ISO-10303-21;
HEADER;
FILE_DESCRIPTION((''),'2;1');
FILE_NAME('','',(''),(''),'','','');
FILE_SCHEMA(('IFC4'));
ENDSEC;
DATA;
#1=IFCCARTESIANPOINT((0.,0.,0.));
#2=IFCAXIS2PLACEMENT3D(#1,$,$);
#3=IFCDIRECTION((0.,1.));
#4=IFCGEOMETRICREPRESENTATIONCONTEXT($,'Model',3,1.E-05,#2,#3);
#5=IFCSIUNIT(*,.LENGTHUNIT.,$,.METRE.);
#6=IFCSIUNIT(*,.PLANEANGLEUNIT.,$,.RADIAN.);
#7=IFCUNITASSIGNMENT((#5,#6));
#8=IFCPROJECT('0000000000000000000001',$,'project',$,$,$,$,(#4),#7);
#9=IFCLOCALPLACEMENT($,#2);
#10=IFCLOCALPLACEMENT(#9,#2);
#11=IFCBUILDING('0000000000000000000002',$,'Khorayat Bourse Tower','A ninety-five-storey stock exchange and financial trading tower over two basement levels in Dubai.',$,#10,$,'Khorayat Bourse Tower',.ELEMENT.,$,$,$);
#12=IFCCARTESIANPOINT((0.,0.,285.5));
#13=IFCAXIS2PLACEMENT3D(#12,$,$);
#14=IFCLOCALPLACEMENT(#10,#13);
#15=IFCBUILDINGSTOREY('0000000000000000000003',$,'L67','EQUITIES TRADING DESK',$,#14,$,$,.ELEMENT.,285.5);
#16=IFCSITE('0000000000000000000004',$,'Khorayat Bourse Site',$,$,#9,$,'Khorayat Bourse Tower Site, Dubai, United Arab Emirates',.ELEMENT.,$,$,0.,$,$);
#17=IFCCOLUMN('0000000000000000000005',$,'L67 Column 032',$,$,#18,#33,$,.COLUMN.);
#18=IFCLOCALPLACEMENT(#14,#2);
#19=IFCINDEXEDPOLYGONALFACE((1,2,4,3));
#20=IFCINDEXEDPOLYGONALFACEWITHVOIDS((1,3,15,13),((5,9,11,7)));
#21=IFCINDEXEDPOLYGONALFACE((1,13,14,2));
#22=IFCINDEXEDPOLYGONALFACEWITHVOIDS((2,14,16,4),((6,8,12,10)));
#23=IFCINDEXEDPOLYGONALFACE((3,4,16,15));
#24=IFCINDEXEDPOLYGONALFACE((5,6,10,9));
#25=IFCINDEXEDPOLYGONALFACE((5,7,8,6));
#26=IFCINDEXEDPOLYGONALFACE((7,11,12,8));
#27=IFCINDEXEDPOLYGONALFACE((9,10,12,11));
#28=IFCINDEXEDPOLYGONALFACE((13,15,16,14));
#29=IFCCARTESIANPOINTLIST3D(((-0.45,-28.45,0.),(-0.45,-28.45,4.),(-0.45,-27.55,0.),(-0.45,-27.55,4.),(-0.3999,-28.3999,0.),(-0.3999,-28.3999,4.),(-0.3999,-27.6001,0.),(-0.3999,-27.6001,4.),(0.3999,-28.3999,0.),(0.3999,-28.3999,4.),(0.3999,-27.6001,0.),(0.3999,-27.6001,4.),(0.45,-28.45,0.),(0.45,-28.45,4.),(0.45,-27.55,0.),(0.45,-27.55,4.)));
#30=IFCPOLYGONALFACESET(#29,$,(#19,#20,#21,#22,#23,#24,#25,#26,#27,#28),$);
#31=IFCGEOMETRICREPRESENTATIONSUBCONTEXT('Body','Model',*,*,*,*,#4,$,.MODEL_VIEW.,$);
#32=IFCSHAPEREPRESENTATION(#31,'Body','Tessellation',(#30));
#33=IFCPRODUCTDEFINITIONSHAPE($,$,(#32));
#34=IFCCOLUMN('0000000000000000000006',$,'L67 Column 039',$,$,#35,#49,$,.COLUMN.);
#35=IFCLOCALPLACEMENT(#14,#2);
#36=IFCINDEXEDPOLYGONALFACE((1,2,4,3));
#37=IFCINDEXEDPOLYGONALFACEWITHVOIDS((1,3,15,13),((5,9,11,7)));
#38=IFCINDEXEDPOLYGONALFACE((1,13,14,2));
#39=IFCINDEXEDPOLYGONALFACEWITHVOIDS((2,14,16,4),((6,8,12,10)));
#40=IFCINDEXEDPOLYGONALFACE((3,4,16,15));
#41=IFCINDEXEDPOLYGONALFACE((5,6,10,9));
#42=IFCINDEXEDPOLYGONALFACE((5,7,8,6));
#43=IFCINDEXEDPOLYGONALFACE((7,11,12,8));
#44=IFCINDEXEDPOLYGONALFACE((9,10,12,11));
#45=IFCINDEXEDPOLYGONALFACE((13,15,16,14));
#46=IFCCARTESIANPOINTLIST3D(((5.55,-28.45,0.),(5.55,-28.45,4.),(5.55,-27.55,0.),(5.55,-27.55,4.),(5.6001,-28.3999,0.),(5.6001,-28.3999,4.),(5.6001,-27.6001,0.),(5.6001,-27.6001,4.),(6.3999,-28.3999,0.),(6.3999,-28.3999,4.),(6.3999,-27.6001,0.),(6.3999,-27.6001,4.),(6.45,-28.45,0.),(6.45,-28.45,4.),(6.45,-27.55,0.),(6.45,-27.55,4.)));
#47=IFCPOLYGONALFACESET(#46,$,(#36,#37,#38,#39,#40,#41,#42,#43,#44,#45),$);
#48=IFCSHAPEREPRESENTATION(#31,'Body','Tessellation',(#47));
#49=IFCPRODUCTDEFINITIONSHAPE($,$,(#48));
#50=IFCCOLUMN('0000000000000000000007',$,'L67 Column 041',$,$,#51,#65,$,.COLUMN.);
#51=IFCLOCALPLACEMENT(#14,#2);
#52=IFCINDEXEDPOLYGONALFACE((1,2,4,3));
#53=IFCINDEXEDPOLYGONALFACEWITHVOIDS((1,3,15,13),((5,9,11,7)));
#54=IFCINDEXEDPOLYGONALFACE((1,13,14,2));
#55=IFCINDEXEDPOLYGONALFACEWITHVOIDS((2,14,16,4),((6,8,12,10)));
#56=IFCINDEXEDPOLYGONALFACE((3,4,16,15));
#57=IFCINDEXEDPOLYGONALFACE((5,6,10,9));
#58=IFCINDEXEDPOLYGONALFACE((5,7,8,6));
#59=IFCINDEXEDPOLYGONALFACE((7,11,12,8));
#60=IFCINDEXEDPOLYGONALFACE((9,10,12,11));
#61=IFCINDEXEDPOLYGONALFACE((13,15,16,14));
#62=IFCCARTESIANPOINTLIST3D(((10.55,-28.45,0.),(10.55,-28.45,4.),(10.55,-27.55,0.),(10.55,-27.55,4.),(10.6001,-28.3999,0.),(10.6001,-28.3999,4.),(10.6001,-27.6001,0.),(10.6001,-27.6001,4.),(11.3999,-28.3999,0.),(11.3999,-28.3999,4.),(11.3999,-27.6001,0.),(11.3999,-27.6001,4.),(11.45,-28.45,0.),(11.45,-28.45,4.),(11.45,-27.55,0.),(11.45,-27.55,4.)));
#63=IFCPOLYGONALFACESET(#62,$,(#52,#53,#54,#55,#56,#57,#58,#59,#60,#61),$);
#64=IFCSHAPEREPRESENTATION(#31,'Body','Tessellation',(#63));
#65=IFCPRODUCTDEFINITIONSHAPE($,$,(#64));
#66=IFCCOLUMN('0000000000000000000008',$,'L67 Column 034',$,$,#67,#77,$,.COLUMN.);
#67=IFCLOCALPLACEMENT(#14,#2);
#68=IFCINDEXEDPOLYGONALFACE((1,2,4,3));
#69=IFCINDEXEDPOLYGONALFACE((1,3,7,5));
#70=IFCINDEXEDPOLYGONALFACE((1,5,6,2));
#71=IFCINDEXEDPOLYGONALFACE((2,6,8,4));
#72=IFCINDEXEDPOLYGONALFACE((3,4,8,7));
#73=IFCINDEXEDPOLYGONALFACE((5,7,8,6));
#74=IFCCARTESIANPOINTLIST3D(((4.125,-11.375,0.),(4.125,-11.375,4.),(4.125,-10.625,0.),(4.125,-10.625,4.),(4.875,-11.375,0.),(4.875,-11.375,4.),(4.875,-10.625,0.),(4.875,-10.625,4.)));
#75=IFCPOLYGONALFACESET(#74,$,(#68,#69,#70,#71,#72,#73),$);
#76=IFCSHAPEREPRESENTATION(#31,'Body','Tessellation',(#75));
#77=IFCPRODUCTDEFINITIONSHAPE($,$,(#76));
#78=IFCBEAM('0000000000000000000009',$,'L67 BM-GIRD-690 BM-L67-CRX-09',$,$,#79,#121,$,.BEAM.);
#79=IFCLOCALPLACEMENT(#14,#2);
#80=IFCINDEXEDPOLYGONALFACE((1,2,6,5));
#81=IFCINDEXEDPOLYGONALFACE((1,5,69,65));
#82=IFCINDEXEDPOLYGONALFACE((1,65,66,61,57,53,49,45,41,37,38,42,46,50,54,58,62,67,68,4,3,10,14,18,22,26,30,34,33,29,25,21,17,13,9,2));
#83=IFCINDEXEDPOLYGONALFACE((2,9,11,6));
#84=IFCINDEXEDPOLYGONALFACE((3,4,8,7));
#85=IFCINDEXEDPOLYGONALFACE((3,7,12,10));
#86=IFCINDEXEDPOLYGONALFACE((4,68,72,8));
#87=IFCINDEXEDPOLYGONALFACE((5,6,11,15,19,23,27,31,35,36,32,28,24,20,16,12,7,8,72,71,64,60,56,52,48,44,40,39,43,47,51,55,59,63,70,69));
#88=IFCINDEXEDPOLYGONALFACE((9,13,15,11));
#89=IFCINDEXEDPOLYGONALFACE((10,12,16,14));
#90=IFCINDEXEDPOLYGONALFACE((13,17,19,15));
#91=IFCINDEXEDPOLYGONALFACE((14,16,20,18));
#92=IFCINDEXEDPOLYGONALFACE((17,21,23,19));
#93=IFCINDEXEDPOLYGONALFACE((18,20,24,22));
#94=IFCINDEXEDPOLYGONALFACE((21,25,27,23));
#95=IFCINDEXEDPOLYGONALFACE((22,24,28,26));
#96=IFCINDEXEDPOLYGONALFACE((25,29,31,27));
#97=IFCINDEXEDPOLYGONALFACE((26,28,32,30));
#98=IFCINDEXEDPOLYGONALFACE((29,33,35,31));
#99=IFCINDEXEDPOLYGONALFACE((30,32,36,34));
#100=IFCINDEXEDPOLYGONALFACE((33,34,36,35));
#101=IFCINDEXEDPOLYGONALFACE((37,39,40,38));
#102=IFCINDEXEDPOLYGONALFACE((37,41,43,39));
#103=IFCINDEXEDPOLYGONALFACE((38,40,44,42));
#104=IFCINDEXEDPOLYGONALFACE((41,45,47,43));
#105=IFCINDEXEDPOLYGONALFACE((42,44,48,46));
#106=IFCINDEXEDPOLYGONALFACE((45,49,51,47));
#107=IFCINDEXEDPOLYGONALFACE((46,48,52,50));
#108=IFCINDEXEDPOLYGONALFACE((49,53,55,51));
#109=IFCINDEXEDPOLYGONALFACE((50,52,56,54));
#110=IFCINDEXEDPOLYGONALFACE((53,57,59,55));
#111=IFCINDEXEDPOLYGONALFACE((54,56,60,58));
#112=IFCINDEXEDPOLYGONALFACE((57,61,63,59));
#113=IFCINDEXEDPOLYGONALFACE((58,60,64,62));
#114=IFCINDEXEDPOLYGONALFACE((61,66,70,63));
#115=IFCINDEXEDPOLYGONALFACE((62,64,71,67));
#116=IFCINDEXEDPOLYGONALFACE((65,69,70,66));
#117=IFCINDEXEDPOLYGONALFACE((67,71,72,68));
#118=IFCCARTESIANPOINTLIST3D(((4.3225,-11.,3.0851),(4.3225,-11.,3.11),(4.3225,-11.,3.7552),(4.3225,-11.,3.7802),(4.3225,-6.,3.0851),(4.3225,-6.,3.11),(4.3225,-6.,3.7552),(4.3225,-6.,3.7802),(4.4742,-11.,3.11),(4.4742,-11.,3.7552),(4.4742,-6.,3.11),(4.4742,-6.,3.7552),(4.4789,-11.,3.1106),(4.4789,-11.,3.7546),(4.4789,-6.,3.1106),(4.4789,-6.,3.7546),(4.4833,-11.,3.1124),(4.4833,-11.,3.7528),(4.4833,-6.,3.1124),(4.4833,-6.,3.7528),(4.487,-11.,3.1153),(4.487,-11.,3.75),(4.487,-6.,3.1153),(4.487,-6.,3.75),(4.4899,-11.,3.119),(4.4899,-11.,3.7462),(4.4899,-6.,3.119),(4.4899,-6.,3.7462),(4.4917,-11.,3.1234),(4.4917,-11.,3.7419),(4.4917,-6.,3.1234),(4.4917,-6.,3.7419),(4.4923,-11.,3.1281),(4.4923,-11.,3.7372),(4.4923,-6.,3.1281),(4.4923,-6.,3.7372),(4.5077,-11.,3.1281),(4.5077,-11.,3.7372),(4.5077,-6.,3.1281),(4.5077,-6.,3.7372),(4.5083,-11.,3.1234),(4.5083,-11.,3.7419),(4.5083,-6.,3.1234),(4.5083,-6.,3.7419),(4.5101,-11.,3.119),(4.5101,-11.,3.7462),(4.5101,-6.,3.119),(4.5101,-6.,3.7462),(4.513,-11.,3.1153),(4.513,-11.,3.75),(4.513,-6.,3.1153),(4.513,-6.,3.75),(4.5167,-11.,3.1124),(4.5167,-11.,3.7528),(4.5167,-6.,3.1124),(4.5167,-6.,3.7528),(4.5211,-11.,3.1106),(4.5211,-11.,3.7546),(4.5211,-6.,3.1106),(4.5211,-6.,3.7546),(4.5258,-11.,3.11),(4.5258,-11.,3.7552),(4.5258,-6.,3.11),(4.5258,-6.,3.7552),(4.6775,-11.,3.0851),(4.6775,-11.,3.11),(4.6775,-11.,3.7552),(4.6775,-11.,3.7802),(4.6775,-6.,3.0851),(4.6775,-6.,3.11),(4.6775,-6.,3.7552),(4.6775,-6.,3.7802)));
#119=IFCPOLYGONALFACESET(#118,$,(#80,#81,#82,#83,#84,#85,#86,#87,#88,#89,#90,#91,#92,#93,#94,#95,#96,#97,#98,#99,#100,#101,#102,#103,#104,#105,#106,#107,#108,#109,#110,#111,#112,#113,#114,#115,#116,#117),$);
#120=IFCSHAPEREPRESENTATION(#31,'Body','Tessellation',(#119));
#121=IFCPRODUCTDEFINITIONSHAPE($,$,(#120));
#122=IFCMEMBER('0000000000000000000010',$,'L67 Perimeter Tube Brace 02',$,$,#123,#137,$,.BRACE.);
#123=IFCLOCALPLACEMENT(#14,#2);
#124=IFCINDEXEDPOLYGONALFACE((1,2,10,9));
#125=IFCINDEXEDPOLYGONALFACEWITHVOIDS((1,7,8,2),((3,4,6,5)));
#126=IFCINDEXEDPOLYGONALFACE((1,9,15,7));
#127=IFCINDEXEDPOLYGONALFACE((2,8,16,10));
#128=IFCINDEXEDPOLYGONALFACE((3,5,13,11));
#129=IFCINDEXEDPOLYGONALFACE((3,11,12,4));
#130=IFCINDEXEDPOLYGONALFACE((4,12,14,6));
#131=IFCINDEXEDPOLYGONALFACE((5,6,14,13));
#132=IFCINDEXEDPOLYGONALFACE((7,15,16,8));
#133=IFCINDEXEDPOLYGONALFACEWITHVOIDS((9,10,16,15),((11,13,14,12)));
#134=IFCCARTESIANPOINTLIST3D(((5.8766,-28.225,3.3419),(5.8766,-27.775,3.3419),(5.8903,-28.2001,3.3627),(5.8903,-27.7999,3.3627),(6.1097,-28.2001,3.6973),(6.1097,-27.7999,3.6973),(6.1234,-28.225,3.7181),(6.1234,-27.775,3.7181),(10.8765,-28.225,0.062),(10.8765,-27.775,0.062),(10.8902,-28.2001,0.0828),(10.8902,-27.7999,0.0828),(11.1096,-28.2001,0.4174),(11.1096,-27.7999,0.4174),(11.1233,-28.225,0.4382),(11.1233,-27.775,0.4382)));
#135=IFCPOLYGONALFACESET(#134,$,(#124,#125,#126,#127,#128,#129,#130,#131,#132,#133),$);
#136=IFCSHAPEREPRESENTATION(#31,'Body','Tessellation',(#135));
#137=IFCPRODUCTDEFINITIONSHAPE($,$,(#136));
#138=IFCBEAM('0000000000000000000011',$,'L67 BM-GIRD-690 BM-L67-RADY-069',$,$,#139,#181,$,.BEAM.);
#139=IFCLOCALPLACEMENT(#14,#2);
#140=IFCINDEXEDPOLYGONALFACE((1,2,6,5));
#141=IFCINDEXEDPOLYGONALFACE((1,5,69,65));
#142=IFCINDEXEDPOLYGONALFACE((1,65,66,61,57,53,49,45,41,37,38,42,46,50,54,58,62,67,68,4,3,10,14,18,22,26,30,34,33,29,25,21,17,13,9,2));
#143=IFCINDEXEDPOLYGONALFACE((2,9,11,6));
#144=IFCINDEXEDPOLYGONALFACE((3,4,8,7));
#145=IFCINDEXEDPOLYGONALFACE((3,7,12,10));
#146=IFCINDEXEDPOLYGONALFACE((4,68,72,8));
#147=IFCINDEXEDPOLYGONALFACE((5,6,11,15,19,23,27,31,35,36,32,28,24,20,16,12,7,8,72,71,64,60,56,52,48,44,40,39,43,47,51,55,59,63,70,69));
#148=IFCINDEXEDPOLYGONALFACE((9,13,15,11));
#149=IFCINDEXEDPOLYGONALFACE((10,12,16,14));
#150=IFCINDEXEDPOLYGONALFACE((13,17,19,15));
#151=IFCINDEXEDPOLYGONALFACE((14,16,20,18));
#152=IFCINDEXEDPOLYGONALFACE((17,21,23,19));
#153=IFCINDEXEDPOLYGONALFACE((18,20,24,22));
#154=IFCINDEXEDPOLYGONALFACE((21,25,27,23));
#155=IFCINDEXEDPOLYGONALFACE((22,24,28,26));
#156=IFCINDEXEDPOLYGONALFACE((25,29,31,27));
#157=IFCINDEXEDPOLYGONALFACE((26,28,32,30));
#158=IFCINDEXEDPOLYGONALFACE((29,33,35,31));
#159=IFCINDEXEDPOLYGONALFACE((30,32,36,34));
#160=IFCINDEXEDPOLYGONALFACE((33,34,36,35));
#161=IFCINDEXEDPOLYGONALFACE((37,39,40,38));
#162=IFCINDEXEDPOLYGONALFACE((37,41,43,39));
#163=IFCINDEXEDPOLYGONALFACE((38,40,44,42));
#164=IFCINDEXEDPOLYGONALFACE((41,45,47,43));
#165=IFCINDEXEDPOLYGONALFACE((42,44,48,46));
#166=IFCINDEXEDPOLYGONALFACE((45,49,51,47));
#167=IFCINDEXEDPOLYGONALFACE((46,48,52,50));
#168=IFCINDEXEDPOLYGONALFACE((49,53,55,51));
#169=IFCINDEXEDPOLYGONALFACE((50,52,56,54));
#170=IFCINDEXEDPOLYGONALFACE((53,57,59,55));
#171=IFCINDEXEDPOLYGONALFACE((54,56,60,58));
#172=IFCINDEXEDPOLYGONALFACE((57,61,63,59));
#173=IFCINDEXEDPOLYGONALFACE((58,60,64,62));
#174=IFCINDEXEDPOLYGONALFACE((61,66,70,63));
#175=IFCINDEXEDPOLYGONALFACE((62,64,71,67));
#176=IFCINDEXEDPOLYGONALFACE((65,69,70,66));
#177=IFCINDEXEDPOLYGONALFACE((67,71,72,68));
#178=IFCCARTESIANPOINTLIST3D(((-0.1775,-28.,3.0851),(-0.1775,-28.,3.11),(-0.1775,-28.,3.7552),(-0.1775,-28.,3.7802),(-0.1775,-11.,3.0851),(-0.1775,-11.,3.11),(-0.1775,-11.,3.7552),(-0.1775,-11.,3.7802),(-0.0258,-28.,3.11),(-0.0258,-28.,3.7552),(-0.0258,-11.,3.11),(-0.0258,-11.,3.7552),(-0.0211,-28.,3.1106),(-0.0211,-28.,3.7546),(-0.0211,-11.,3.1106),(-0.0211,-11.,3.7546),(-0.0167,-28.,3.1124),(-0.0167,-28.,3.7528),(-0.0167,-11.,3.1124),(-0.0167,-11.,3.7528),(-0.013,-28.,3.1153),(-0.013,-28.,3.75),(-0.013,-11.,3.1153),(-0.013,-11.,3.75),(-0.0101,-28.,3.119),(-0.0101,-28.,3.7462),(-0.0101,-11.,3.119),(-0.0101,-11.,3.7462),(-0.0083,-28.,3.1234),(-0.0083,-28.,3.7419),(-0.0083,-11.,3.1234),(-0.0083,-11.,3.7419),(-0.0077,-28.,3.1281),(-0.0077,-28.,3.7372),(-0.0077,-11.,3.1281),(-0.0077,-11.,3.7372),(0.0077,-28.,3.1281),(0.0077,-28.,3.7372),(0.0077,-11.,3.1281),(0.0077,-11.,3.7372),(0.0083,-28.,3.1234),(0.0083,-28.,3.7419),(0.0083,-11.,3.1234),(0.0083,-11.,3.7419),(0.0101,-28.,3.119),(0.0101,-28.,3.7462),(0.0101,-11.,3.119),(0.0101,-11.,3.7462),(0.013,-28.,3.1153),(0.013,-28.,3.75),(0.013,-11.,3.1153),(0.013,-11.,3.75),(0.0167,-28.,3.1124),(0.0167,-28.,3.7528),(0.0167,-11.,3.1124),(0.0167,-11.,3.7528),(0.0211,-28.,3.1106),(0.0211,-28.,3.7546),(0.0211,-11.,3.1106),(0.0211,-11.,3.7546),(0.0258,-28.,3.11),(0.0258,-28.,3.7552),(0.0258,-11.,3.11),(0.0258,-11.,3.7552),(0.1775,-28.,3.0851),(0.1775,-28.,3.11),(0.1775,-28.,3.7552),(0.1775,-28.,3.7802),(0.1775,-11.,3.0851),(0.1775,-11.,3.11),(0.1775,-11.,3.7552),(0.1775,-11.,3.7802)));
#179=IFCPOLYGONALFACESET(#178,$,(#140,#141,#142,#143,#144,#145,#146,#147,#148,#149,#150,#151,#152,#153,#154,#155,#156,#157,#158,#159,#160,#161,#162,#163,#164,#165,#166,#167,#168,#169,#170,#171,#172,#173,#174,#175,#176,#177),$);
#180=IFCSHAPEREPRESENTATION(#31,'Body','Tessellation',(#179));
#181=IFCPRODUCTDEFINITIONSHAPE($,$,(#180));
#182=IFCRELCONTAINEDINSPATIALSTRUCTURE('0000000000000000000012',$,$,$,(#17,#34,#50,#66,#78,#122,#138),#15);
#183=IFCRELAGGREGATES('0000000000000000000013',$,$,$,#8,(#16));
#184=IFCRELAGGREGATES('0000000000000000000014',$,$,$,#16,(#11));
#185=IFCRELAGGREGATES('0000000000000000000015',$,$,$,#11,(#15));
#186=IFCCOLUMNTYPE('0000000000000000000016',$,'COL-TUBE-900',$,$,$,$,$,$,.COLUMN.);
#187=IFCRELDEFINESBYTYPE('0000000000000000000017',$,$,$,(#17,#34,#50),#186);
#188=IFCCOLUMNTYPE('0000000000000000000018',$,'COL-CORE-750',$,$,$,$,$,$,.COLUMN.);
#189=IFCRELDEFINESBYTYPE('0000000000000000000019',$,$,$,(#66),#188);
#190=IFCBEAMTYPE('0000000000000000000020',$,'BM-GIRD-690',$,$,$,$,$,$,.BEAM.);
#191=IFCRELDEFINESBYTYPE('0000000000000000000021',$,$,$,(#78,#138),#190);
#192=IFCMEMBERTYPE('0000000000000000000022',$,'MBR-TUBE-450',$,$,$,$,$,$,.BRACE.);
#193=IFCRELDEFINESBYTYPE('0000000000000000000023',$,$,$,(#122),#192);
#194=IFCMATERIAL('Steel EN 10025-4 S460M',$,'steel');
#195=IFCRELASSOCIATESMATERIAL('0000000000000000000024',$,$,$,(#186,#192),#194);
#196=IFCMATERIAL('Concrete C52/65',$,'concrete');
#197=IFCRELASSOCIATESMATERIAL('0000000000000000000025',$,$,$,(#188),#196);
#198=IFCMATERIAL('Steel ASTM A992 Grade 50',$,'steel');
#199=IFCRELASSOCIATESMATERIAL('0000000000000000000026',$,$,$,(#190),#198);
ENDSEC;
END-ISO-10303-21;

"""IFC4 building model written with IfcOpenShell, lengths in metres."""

from ifc_helpers import new_model, si_unit, direction, frame, origin, origin_2d, place, context, subcontext, project, spatial, rectangle, hollow_rectangle, i_section, extrude, source, transform, mapped, material, material_profile, profile_set, type_object, element, save


model = new_model("IFC4")

# Units and contexts
model_context = context("Model", 3, precision=1e-05, world=origin(), true_north=direction((0.0, 1.0)))
body_context = subcontext(model_context, "Body", "Model", "MODEL_VIEW")
ifc_project = project(units=[si_unit("LENGTHUNIT", "METRE"), si_unit("PLANEANGLEUNIT", "RADIAN")], contexts=[model_context])

# Site, building, storey
site_placement = place(None, origin())
site = spatial("IfcSite", under=ifc_project, at=site_placement, Name="Khorayat Bourse Site", LongName="Khorayat Bourse Tower Site, Dubai, United Arab Emirates", CompositionType="ELEMENT", RefElevation=0.0)
building_placement = place(site_placement, origin())
building = spatial("IfcBuilding", under=site, at=building_placement, Name="Khorayat Bourse Tower", Description="A ninety-five-storey stock exchange and financial trading tower over two basement levels in Dubai.", LongName="Khorayat Bourse Tower", CompositionType="ELEMENT")
storey_placement = place(building_placement, frame((0.0, 0.0, 285.5)))
storey = spatial("IfcBuildingStorey", under=building, at=storey_placement, Name="L67", Description="EQUITIES TRADING DESK", CompositionType="ELEMENT", Elevation=285.5)

# Columns
ifc_material_1 = material(Name="Steel EN 10025-4 S460M", Category="steel")
ifc_material_profile_1 = material_profile(ifc_material_1, hollow_rectangle(XDim=0.8999, YDim=0.8999, WallThickness=0.05, at=origin_2d()), Name="BOX 900x900x50")
ifc_profile_set_1 = profile_set([ifc_material_profile_1], Name="Steel EN 10025-4 S460M")
column_type_1 = type_object("IfcColumnType", Name="COL-TUBE-900", PredefinedType="COLUMN", material=ifc_profile_set_1)
shared_shape_1 = source(origin(), body_context, "Body", "SweptSolid", [
    extrude(hollow_rectangle(XDim=0.8999, YDim=0.8999, WallThickness=0.05, at=origin_2d()), origin(), (0.0, 0.0, 1.0), 4.0),
])
for number, where, z_axis, x_axis, name in (
    (1, (0.0, -28.0, 0.0), (0.0, 0.0, 1.0), (1.0, 0.0, 0.0), "L67 Column 032"),
    (2, (6.0, -28.0, 0.0), (0.0, 0.0, 1.0), (1.0, 0.0, 0.0), "L67 Column 039"),
    (3, (11.0, -28.0, 0.0), (0.0, 0.0, 1.0), (1.0, 0.0, 0.0), "L67 Column 041"),
):
    element("IfcColumn", number, at=place(storey_placement, frame(where, z_axis=z_axis, x_axis=x_axis)), inside=storey, type_object=column_type_1, Name=name, PredefinedType="COLUMN", context=body_context, shape_type="MappedRepresentation", body=[
        mapped(shared_shape_1, transform((0.0, 0.0, 0.0), scale=1.0)),
    ])
ifc_material_2 = material(Name="Concrete C52/65", Category="concrete")
ifc_material_profile_2 = material_profile(ifc_material_2, rectangle(XDim=0.75, YDim=0.75, at=origin_2d()), Name="RC 750x750")
ifc_profile_set_2 = profile_set([ifc_material_profile_2], Name="Concrete C52/65")
column_type_2 = type_object("IfcColumnType", Name="COL-CORE-750", PredefinedType="COLUMN", material=ifc_profile_set_2)
shared_shape_2 = source(origin(), body_context, "Body", "SweptSolid", [
    extrude(rectangle(XDim=0.75, YDim=0.75, at=origin_2d()), origin(), (0.0, 0.0, 1.0), 4.0),
])
column_placement = place(storey_placement, frame((4.5, -11.0, 0.0), z_axis=(0.0, 0.0, 1.0), x_axis=(1.0, 0.0, 0.0)))
element("IfcColumn", 4, at=column_placement, inside=storey, type_object=column_type_2, Name="L67 Column 034", PredefinedType="COLUMN", context=body_context, shape_type="MappedRepresentation", body=[
    mapped(shared_shape_2, transform((0.0, 0.0, 0.0), scale=1.0)),
])

# Beam
ifc_material_3 = material(Name="Steel ASTM A992 Grade 50", Category="steel")
ifc_material_profile_3 = material_profile(ifc_material_3, i_section(OverallWidth=0.355, OverallDepth=0.6951, WebThickness=0.0154, FlangeThickness=0.0249, FilletRadius=0.0181, at=origin_2d()), Name="W690X217")
ifc_profile_set_3 = profile_set([ifc_material_profile_3], Name="Steel ASTM A992 Grade 50")
beam_type_1 = type_object("IfcBeamType", Name="BM-GIRD-690", PredefinedType="BEAM", material=ifc_profile_set_3)
shared_shape_3 = source(origin(), body_context, "Body", "SweptSolid", [
    extrude(i_section(OverallWidth=0.355, OverallDepth=0.6951, WebThickness=0.0154, FlangeThickness=0.0249, FilletRadius=0.0181, at=origin_2d()), origin(), (0.0, 0.0, 1.0), 5.0),
])
beam_1_placement = place(storey_placement, frame((4.5, -11.0, 3.4326), z_axis=(0.0, 1.0, 0.0), x_axis=(-1.0, 0.0, 0.0)))
element("IfcBeam", 5, at=beam_1_placement, inside=storey, type_object=beam_type_1, Name="L67 BM-GIRD-690 BM-L67-CRX-09", PredefinedType="BEAM", context=body_context, shape_type="MappedRepresentation", body=[
    mapped(shared_shape_3, transform((0.0, 0.0, 0.0), scale=1.0)),
])

# Member
ifc_material_profile_4 = material_profile(ifc_material_1, hollow_rectangle(XDim=0.45, YDim=0.45, WallThickness=0.0249, at=origin_2d()), Name="HSS 450x450x25")
ifc_profile_set_4 = profile_set([ifc_material_profile_4], Name="Steel EN 10025-4 S460M")
member_type_1 = type_object("IfcMemberType", Name="MBR-TUBE-450", PredefinedType="BRACE", material=ifc_profile_set_4)
shared_shape_4 = source(origin(), body_context, "Body", "SweptSolid", [
    extrude(hollow_rectangle(XDim=0.45, YDim=0.45, WallThickness=0.0249, at=origin_2d()), origin(), (0.0, 0.0, 1.0), 5.9797),
])
member_1_placement = place(storey_placement, frame((6.0, -28.0, 3.53), z_axis=(0.836142, 0.0, -0.548514), x_axis=(0.0, 1.0, 0.0)))
element("IfcMember", 6, at=member_1_placement, inside=storey, type_object=member_type_1, Name="L67 Perimeter Tube Brace 02", PredefinedType="BRACE", context=body_context, shape_type="MappedRepresentation", body=[
    mapped(shared_shape_4, transform((0.0, 0.0, 0.0), scale=1.0)),
])

# Beam
shared_shape_5 = source(origin(), body_context, "Body", "SweptSolid", [
    extrude(i_section(OverallWidth=0.355, OverallDepth=0.6951, WebThickness=0.0154, FlangeThickness=0.0249, FilletRadius=0.0181, at=origin_2d()), origin(), (0.0, 0.0, 1.0), 17.0),
])
for number, where, z_axis, x_axis, name in (
    (7, (0.0, -28.0, 3.4326), (0.0, 1.0, 0.0), (-1.0, 0.0, 0.0), "L67 BM-GIRD-690 BM-L67-RADY-069"),
):
    element("IfcBeam", number, at=place(storey_placement, frame(where, z_axis=z_axis, x_axis=x_axis)), inside=storey, type_object=beam_type_1, Name=name, PredefinedType="BEAM", context=body_context, shape_type="MappedRepresentation", body=[
        mapped(shared_shape_5, transform((0.0, 0.0, 0.0), scale=1.0)),
    ])

save(model, "model.ifc")
